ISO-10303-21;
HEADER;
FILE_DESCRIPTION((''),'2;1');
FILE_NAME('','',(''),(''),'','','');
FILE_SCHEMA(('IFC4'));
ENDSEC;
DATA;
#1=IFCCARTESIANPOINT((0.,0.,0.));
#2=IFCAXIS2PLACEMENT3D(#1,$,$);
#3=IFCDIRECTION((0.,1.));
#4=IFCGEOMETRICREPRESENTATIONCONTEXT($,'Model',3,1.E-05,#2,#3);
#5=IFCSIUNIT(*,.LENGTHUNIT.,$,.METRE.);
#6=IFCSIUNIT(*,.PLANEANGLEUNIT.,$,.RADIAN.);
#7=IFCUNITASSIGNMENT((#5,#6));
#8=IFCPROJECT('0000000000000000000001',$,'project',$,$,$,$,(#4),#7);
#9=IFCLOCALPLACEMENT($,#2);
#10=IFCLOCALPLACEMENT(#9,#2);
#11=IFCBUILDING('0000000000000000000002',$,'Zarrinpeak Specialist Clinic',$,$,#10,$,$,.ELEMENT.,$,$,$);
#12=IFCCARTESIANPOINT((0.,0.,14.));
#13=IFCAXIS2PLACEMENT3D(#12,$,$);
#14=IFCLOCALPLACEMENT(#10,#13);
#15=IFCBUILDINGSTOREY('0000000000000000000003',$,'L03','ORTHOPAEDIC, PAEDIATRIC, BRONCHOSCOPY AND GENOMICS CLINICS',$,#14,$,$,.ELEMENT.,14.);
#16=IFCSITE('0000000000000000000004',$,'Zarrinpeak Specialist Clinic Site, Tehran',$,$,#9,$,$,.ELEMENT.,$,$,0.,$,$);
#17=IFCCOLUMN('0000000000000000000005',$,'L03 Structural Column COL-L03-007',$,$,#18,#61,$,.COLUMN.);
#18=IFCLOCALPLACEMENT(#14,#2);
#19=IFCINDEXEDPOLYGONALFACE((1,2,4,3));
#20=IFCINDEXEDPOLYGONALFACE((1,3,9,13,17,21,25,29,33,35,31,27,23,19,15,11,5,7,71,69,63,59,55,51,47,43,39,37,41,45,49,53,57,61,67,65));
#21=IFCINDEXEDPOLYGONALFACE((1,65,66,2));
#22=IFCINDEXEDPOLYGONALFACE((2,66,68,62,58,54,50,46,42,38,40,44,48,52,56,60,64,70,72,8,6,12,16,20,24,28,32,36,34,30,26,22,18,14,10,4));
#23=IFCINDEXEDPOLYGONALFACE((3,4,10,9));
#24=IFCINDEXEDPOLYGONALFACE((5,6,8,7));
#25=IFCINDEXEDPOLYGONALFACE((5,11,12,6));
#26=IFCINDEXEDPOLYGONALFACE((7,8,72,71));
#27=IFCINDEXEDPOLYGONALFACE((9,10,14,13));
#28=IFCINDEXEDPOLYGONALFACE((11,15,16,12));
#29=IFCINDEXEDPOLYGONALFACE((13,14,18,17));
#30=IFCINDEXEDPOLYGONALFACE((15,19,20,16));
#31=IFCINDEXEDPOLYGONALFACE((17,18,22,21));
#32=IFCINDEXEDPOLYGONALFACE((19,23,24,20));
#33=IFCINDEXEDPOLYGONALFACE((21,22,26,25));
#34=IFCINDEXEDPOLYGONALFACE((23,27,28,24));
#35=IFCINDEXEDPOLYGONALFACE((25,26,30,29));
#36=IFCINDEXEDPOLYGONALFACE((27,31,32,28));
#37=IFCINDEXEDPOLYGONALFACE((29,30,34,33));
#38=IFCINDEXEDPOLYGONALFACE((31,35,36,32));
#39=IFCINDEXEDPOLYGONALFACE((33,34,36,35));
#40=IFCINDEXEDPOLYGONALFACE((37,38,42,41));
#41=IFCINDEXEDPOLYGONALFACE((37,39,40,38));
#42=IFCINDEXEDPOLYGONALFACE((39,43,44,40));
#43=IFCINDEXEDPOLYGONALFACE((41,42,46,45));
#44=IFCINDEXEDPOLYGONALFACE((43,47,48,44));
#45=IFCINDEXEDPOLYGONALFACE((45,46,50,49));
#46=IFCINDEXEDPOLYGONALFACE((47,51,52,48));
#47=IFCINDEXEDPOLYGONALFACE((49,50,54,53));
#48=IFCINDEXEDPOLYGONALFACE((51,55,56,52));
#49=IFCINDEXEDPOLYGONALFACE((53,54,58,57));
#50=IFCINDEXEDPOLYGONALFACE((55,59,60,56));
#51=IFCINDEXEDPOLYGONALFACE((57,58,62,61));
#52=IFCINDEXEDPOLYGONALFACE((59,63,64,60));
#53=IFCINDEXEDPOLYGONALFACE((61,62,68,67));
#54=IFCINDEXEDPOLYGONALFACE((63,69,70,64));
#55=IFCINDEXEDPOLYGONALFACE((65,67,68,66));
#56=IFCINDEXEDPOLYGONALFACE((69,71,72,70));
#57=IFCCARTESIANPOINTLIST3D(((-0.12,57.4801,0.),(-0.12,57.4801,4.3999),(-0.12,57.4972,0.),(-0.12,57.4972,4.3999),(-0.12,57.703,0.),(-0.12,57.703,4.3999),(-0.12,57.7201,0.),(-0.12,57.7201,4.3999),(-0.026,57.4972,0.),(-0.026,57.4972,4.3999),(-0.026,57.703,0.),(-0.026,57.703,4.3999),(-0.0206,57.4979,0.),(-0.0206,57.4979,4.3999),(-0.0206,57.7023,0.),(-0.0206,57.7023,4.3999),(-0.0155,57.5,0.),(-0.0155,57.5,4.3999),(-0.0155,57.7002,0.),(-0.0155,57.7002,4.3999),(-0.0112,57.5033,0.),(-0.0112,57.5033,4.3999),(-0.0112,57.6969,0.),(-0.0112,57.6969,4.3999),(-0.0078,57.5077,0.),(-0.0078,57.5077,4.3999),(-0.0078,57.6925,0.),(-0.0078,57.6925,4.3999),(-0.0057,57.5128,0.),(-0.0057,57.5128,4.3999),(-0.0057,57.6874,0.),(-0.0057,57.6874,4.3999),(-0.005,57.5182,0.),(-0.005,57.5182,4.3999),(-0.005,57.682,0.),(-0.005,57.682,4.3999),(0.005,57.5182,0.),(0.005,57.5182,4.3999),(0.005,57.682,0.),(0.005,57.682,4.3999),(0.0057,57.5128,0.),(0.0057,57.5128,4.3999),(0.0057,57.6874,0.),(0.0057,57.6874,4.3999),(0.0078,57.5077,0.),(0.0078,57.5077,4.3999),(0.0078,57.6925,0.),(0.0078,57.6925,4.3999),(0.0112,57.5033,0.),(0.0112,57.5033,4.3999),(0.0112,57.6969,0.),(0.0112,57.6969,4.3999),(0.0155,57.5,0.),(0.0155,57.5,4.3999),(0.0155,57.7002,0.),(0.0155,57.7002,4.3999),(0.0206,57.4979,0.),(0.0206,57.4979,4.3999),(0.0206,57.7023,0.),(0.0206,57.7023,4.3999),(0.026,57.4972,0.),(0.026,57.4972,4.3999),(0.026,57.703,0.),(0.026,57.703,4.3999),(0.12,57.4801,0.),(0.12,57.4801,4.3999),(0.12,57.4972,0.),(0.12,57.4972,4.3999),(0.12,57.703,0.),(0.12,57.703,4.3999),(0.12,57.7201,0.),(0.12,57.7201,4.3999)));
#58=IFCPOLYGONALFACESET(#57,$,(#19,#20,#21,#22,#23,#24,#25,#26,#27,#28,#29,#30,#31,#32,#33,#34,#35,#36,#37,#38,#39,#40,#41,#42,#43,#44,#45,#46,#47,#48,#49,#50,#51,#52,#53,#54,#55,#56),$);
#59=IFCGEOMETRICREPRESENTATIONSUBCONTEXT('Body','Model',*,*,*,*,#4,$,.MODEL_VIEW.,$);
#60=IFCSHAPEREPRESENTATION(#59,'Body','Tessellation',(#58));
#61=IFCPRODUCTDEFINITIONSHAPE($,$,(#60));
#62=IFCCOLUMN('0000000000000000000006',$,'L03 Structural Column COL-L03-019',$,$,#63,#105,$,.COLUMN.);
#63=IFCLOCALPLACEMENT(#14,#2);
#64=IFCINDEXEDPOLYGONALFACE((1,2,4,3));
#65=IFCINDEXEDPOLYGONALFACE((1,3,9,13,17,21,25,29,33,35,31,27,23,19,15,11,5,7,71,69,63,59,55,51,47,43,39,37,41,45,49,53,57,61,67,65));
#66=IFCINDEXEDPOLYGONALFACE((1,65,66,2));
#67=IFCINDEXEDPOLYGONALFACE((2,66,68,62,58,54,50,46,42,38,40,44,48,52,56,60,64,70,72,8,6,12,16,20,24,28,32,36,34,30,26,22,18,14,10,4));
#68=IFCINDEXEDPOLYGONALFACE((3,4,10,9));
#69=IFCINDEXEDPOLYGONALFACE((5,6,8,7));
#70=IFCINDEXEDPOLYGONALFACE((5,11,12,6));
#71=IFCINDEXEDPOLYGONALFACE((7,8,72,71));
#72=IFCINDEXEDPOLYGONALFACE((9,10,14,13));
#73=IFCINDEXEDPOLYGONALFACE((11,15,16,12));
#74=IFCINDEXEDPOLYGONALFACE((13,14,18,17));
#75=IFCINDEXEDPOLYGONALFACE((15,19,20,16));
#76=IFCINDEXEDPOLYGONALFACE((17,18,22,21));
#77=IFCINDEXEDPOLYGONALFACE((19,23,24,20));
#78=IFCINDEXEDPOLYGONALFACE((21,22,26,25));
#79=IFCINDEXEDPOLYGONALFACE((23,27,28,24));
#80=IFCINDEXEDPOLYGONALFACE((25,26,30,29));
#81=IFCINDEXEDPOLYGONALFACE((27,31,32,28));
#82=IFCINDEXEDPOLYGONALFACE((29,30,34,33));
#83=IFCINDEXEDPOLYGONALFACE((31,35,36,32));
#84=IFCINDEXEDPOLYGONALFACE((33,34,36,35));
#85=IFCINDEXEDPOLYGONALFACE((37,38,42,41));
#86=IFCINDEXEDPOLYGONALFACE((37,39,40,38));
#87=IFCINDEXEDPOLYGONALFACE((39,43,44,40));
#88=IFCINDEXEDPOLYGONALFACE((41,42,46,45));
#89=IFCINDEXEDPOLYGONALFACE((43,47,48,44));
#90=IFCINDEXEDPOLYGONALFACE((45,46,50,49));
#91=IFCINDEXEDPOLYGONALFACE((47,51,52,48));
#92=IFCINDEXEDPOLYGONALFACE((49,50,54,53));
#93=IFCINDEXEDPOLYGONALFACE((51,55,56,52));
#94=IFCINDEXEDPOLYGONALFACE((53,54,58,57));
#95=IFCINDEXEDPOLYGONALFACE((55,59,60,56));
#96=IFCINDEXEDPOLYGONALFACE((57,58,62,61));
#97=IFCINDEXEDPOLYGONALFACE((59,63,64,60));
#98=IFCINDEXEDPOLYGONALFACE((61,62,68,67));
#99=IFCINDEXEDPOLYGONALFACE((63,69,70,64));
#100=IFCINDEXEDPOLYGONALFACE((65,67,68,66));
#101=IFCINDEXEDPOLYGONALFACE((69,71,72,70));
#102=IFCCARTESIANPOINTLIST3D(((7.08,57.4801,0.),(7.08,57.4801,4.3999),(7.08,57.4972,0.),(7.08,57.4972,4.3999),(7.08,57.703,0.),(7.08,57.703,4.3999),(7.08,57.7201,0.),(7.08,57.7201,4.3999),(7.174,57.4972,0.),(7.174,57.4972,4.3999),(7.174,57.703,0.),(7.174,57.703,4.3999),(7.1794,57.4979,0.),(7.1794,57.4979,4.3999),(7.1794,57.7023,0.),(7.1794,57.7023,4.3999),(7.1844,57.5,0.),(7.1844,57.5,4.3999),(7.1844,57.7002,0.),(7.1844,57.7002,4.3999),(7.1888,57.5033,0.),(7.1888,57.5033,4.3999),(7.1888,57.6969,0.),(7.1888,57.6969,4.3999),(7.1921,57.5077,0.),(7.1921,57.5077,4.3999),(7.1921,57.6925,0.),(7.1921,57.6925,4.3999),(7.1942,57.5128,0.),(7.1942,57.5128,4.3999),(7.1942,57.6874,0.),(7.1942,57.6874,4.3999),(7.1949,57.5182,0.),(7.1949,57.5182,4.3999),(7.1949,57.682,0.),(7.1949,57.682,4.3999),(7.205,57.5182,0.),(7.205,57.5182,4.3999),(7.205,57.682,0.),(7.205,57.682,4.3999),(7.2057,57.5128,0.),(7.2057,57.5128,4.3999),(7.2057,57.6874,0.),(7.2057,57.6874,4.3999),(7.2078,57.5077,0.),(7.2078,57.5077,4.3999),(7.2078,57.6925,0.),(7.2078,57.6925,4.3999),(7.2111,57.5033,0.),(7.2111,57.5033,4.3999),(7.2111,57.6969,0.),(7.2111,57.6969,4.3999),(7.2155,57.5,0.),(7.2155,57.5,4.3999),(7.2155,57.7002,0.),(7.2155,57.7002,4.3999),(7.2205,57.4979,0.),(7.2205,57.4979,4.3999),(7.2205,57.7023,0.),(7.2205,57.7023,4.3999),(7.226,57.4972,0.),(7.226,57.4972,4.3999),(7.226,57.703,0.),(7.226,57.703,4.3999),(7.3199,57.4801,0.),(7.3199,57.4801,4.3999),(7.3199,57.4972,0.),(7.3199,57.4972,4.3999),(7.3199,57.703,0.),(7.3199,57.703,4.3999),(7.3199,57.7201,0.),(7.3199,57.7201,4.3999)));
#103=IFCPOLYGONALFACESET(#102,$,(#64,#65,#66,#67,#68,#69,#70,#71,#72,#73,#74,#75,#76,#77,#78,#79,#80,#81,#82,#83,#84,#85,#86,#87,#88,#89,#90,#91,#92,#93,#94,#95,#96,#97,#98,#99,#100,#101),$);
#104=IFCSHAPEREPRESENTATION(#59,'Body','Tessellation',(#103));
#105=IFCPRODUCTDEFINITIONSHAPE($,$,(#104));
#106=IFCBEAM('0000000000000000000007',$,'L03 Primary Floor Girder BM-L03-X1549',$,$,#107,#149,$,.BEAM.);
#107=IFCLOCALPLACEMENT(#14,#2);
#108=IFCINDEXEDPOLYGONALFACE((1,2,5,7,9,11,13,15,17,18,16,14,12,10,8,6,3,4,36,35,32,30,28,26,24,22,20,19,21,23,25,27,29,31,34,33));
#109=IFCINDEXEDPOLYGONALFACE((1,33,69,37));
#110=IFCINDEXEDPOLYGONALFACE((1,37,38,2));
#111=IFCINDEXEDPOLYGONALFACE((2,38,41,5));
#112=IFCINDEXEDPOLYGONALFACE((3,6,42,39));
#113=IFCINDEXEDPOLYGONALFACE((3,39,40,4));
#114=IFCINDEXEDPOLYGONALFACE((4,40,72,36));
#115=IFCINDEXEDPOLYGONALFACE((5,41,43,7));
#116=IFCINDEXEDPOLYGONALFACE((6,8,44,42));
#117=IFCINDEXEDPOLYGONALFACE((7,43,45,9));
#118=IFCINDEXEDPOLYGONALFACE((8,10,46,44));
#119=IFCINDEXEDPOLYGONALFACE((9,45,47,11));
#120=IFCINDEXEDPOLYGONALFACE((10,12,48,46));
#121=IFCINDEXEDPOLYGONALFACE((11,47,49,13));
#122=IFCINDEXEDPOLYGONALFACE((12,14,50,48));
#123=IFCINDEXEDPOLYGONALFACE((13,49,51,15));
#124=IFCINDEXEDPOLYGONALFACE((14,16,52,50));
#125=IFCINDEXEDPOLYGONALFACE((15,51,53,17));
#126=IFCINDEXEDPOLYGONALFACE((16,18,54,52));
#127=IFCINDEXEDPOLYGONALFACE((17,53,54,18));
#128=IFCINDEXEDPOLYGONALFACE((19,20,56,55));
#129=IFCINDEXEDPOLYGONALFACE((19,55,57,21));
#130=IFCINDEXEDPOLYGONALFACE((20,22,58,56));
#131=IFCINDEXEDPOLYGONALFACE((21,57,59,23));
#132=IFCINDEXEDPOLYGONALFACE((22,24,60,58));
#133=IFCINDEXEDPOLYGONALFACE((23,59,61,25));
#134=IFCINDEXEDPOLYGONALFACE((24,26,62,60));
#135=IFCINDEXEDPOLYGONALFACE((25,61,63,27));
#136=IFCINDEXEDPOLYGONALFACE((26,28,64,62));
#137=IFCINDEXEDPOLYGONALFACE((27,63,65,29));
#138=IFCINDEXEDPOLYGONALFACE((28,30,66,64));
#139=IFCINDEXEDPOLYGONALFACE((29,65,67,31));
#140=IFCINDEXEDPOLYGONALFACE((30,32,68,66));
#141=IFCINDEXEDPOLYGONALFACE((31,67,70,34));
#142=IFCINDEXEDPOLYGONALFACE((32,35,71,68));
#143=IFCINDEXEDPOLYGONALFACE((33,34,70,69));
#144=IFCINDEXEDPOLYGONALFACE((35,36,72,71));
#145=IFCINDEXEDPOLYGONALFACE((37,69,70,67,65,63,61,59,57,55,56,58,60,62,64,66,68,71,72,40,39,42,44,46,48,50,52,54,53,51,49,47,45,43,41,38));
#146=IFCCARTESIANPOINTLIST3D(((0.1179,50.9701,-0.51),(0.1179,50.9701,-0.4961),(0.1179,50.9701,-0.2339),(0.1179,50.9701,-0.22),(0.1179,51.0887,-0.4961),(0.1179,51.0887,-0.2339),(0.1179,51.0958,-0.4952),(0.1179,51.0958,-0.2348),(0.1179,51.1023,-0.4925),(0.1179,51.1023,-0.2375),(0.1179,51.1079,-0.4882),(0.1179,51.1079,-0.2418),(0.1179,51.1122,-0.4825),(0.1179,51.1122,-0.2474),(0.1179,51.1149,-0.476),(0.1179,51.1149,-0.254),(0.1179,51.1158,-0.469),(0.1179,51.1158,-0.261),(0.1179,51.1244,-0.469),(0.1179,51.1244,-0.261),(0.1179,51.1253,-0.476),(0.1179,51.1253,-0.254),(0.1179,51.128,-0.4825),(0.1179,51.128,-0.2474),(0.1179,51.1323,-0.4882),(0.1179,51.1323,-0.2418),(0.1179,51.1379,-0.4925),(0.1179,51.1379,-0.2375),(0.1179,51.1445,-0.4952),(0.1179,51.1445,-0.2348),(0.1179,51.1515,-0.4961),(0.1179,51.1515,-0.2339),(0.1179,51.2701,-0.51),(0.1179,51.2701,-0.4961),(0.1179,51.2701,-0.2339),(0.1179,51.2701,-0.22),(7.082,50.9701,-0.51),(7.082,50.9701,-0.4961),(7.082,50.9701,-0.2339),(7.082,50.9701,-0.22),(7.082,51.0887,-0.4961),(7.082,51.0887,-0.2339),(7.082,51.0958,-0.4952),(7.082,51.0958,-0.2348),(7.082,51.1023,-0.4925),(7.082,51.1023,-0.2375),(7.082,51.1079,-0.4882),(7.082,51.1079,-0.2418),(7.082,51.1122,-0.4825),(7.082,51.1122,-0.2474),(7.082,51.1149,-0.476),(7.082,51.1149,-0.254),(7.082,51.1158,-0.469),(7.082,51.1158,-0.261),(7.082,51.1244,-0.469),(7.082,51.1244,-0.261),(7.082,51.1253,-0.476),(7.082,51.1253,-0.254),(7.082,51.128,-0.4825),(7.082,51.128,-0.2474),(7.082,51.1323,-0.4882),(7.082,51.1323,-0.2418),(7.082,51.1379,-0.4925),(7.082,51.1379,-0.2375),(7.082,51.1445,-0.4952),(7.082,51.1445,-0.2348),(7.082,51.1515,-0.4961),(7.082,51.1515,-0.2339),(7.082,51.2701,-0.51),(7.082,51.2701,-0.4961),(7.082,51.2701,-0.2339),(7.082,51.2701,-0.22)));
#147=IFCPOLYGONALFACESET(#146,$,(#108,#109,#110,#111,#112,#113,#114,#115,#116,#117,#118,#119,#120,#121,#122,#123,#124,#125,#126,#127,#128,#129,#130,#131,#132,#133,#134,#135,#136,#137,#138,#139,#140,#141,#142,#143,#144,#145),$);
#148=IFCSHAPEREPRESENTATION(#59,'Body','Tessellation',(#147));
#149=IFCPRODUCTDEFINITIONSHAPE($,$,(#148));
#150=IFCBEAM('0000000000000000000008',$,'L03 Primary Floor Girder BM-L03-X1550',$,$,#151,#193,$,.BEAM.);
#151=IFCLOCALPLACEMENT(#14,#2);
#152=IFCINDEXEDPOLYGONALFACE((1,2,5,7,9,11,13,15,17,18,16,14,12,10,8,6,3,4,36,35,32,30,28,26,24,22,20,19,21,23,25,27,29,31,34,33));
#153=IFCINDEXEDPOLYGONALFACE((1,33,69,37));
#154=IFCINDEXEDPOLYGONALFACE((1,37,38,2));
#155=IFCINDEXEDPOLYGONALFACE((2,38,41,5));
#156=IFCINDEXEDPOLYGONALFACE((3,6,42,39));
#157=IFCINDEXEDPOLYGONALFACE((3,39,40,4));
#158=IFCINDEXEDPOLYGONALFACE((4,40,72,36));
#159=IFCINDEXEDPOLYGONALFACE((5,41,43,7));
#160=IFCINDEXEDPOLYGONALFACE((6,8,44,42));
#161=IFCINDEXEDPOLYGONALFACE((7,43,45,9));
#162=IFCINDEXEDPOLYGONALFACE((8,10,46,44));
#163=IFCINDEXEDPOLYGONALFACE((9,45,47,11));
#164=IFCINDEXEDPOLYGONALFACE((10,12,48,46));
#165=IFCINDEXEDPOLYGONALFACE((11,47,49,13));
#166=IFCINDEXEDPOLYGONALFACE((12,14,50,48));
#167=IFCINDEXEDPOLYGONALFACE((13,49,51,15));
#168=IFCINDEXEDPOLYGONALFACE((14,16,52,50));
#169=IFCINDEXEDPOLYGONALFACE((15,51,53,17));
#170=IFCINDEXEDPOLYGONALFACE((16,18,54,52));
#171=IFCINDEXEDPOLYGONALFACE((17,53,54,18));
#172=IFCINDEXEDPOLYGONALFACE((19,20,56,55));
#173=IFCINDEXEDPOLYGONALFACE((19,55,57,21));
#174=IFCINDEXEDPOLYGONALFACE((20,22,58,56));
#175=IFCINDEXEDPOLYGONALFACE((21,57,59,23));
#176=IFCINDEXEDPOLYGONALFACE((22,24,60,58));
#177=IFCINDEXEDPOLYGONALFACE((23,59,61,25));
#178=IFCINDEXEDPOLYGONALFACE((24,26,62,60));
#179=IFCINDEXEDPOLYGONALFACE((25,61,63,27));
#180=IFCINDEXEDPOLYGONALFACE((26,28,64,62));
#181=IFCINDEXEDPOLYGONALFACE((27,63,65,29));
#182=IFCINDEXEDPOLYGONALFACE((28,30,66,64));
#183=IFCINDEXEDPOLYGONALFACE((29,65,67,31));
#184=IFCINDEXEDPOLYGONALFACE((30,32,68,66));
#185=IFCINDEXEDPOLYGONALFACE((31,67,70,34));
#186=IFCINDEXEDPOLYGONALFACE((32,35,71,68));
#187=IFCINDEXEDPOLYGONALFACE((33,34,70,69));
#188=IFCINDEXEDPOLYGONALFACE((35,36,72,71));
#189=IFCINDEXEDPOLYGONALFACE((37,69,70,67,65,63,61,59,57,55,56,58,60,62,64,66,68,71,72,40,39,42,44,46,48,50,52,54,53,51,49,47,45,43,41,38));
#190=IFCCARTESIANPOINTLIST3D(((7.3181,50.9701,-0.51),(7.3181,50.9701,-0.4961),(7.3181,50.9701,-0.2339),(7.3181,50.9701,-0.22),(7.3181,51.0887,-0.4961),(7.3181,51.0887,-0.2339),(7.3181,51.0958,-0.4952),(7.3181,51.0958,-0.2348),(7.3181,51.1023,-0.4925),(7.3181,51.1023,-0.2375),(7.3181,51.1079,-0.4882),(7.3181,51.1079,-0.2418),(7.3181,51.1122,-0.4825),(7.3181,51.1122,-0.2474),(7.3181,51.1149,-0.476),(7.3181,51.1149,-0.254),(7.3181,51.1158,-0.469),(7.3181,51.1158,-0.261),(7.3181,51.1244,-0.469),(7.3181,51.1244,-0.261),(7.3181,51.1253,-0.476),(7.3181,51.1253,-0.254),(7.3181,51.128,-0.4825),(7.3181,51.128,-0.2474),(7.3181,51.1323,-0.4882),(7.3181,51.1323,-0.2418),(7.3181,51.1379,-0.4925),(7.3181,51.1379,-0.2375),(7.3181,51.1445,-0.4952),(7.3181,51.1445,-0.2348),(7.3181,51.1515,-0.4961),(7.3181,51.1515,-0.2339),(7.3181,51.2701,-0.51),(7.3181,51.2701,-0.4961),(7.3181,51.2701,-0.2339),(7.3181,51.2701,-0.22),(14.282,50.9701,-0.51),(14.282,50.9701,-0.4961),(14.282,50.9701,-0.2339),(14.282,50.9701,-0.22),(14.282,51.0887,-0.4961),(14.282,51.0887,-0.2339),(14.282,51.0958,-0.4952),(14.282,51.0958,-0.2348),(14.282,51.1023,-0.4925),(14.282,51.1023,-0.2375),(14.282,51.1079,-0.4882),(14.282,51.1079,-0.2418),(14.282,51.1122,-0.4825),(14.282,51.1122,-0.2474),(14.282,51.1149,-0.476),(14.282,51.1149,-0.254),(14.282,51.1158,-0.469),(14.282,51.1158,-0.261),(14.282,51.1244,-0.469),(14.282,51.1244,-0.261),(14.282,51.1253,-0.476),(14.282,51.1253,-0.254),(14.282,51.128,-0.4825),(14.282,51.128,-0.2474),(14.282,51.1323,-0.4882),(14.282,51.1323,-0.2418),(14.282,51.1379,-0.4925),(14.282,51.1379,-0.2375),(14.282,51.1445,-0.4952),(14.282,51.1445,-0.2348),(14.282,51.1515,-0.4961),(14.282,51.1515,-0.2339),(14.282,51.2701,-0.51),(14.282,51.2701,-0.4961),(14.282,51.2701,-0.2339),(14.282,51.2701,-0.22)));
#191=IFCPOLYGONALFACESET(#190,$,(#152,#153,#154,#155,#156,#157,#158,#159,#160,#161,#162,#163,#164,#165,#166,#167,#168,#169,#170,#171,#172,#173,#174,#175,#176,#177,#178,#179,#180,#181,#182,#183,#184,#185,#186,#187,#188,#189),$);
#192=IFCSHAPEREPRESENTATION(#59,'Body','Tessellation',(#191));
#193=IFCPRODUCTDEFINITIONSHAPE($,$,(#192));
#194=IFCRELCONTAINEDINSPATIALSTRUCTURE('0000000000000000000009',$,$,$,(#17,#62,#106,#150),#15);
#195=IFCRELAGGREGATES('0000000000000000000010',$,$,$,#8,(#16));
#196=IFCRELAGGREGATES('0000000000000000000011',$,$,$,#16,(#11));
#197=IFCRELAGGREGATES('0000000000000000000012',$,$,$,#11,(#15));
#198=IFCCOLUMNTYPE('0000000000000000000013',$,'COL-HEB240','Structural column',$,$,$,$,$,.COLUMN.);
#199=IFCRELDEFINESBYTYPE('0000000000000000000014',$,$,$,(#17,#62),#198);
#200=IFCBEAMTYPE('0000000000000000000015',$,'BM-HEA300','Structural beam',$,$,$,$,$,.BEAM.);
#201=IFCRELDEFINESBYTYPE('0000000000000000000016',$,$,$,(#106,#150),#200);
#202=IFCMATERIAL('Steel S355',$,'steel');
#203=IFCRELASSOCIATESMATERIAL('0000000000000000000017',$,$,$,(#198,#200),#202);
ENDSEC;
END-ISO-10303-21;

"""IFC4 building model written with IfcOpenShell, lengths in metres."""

from ifc_helpers import new_model, si_unit, direction, frame, origin, origin_2d, place, context, subcontext, project, spatial, i_section, extrude, material, material_profile, profile_set, type_object, element, save


model = new_model("IFC4")

# Units and contexts
model_context = context("Model", 3, precision=1e-05, world=origin(), true_north=direction((0.0, 1.0)))
body_context = subcontext(model_context, "Body", "Model", "MODEL_VIEW")
ifc_project = project(units=[si_unit("LENGTHUNIT", "METRE"), si_unit("PLANEANGLEUNIT", "RADIAN")], contexts=[model_context])

# Site, building, storey
site_placement = place(None, origin())
site = spatial("IfcSite", under=ifc_project, at=site_placement, Name="Zarrinpeak Specialist Clinic Site, Tehran", CompositionType="ELEMENT", RefElevation=0.0)
building_placement = place(site_placement, origin())
building = spatial("IfcBuilding", under=site, at=building_placement, Name="Zarrinpeak Specialist Clinic", CompositionType="ELEMENT")
storey_placement = place(building_placement, frame((0.0, 0.0, 14.0)))
storey = spatial("IfcBuildingStorey", under=building, at=storey_placement, Name="L03", Description="ORTHOPAEDIC, PAEDIATRIC, BRONCHOSCOPY AND GENOMICS CLINICS", CompositionType="ELEMENT", Elevation=14.0)

# Columns
ifc_material_1 = material(Name="Steel S355", Category="steel")
ifc_material_profile_1 = material_profile(ifc_material_1, i_section(OverallWidth=0.24, OverallDepth=0.24, WebThickness=0.01, FlangeThickness=0.0171, FilletRadius=0.021, at=origin_2d()), Name="HEB 240")
ifc_profile_set_1 = profile_set([ifc_material_profile_1], Name="Steel S355")
column_type = type_object("IfcColumnType", Name="COL-HEB240", Description="Structural column", PredefinedType="COLUMN", material=ifc_profile_set_1)
for number, where, z_axis, x_axis, name in (
    (1, (0.0, 57.6001, 0.0), (0.0, 0.0, 1.0), (1.0, 0.0, 0.0), "L03 Structural Column COL-L03-007"),
    (2, (7.2, 57.6001, 0.0), (0.0, 0.0, 1.0), (1.0, 0.0, 0.0), "L03 Structural Column COL-L03-019"),
):
    element("IfcColumn", number, at=place(storey_placement, frame(where, z_axis=z_axis, x_axis=x_axis)), inside=storey, type_object=column_type, Name=name, PredefinedType="COLUMN", context=body_context, shape_type="SweptSolid", body=[
        extrude(i_section(OverallWidth=0.24, OverallDepth=0.24, WebThickness=0.01, FlangeThickness=0.0171, FilletRadius=0.021, at=origin_2d()), origin(), (0.0, 0.0, 1.0), 4.3999),
    ])

# Beams
ifc_material_profile_2 = material_profile(ifc_material_1, i_section(OverallWidth=0.3, OverallDepth=0.29, WebThickness=0.0085, FlangeThickness=0.0139, FilletRadius=0.0271, at=origin_2d()), Name="HEA 300")
ifc_profile_set_2 = profile_set([ifc_material_profile_2], Name="Steel S355")
beam_type_1 = type_object("IfcBeamType", Name="BM-HEA300", Description="Structural beam", PredefinedType="BEAM", material=ifc_profile_set_2)
beam_1_placement = place(storey_placement, frame((0.1179, 51.1201, -0.365), z_axis=(1.0, 0.0, 0.0), x_axis=(0.0, 1.0, 0.0)))
element("IfcBeam", 3, at=beam_1_placement, inside=storey, type_object=beam_type_1, Name="L03 Primary Floor Girder BM-L03-X1549", PredefinedType="BEAM", context=body_context, shape_type="SweptSolid", body=[
    extrude(i_section(OverallWidth=0.3, OverallDepth=0.29, WebThickness=0.0085, FlangeThickness=0.0139, FilletRadius=0.0271, at=origin_2d()), origin(), (0.0, 0.0, 1.0), 6.9641),
])
beam_2_placement = place(storey_placement, frame((7.3181, 51.1201, -0.365), z_axis=(1.0, 0.0, 0.0), x_axis=(0.0, 1.0, 0.0)))
element("IfcBeam", 4, at=beam_2_placement, inside=storey, type_object=beam_type_1, Name="L03 Primary Floor Girder BM-L03-X1550", PredefinedType="BEAM", context=body_context, shape_type="SweptSolid", body=[
    extrude(i_section(OverallWidth=0.3, OverallDepth=0.29, WebThickness=0.0085, FlangeThickness=0.0139, FilletRadius=0.0271, at=origin_2d()), origin(), (0.0, 0.0, 1.0), 6.9639),
])

save(model, "model.ifc")
